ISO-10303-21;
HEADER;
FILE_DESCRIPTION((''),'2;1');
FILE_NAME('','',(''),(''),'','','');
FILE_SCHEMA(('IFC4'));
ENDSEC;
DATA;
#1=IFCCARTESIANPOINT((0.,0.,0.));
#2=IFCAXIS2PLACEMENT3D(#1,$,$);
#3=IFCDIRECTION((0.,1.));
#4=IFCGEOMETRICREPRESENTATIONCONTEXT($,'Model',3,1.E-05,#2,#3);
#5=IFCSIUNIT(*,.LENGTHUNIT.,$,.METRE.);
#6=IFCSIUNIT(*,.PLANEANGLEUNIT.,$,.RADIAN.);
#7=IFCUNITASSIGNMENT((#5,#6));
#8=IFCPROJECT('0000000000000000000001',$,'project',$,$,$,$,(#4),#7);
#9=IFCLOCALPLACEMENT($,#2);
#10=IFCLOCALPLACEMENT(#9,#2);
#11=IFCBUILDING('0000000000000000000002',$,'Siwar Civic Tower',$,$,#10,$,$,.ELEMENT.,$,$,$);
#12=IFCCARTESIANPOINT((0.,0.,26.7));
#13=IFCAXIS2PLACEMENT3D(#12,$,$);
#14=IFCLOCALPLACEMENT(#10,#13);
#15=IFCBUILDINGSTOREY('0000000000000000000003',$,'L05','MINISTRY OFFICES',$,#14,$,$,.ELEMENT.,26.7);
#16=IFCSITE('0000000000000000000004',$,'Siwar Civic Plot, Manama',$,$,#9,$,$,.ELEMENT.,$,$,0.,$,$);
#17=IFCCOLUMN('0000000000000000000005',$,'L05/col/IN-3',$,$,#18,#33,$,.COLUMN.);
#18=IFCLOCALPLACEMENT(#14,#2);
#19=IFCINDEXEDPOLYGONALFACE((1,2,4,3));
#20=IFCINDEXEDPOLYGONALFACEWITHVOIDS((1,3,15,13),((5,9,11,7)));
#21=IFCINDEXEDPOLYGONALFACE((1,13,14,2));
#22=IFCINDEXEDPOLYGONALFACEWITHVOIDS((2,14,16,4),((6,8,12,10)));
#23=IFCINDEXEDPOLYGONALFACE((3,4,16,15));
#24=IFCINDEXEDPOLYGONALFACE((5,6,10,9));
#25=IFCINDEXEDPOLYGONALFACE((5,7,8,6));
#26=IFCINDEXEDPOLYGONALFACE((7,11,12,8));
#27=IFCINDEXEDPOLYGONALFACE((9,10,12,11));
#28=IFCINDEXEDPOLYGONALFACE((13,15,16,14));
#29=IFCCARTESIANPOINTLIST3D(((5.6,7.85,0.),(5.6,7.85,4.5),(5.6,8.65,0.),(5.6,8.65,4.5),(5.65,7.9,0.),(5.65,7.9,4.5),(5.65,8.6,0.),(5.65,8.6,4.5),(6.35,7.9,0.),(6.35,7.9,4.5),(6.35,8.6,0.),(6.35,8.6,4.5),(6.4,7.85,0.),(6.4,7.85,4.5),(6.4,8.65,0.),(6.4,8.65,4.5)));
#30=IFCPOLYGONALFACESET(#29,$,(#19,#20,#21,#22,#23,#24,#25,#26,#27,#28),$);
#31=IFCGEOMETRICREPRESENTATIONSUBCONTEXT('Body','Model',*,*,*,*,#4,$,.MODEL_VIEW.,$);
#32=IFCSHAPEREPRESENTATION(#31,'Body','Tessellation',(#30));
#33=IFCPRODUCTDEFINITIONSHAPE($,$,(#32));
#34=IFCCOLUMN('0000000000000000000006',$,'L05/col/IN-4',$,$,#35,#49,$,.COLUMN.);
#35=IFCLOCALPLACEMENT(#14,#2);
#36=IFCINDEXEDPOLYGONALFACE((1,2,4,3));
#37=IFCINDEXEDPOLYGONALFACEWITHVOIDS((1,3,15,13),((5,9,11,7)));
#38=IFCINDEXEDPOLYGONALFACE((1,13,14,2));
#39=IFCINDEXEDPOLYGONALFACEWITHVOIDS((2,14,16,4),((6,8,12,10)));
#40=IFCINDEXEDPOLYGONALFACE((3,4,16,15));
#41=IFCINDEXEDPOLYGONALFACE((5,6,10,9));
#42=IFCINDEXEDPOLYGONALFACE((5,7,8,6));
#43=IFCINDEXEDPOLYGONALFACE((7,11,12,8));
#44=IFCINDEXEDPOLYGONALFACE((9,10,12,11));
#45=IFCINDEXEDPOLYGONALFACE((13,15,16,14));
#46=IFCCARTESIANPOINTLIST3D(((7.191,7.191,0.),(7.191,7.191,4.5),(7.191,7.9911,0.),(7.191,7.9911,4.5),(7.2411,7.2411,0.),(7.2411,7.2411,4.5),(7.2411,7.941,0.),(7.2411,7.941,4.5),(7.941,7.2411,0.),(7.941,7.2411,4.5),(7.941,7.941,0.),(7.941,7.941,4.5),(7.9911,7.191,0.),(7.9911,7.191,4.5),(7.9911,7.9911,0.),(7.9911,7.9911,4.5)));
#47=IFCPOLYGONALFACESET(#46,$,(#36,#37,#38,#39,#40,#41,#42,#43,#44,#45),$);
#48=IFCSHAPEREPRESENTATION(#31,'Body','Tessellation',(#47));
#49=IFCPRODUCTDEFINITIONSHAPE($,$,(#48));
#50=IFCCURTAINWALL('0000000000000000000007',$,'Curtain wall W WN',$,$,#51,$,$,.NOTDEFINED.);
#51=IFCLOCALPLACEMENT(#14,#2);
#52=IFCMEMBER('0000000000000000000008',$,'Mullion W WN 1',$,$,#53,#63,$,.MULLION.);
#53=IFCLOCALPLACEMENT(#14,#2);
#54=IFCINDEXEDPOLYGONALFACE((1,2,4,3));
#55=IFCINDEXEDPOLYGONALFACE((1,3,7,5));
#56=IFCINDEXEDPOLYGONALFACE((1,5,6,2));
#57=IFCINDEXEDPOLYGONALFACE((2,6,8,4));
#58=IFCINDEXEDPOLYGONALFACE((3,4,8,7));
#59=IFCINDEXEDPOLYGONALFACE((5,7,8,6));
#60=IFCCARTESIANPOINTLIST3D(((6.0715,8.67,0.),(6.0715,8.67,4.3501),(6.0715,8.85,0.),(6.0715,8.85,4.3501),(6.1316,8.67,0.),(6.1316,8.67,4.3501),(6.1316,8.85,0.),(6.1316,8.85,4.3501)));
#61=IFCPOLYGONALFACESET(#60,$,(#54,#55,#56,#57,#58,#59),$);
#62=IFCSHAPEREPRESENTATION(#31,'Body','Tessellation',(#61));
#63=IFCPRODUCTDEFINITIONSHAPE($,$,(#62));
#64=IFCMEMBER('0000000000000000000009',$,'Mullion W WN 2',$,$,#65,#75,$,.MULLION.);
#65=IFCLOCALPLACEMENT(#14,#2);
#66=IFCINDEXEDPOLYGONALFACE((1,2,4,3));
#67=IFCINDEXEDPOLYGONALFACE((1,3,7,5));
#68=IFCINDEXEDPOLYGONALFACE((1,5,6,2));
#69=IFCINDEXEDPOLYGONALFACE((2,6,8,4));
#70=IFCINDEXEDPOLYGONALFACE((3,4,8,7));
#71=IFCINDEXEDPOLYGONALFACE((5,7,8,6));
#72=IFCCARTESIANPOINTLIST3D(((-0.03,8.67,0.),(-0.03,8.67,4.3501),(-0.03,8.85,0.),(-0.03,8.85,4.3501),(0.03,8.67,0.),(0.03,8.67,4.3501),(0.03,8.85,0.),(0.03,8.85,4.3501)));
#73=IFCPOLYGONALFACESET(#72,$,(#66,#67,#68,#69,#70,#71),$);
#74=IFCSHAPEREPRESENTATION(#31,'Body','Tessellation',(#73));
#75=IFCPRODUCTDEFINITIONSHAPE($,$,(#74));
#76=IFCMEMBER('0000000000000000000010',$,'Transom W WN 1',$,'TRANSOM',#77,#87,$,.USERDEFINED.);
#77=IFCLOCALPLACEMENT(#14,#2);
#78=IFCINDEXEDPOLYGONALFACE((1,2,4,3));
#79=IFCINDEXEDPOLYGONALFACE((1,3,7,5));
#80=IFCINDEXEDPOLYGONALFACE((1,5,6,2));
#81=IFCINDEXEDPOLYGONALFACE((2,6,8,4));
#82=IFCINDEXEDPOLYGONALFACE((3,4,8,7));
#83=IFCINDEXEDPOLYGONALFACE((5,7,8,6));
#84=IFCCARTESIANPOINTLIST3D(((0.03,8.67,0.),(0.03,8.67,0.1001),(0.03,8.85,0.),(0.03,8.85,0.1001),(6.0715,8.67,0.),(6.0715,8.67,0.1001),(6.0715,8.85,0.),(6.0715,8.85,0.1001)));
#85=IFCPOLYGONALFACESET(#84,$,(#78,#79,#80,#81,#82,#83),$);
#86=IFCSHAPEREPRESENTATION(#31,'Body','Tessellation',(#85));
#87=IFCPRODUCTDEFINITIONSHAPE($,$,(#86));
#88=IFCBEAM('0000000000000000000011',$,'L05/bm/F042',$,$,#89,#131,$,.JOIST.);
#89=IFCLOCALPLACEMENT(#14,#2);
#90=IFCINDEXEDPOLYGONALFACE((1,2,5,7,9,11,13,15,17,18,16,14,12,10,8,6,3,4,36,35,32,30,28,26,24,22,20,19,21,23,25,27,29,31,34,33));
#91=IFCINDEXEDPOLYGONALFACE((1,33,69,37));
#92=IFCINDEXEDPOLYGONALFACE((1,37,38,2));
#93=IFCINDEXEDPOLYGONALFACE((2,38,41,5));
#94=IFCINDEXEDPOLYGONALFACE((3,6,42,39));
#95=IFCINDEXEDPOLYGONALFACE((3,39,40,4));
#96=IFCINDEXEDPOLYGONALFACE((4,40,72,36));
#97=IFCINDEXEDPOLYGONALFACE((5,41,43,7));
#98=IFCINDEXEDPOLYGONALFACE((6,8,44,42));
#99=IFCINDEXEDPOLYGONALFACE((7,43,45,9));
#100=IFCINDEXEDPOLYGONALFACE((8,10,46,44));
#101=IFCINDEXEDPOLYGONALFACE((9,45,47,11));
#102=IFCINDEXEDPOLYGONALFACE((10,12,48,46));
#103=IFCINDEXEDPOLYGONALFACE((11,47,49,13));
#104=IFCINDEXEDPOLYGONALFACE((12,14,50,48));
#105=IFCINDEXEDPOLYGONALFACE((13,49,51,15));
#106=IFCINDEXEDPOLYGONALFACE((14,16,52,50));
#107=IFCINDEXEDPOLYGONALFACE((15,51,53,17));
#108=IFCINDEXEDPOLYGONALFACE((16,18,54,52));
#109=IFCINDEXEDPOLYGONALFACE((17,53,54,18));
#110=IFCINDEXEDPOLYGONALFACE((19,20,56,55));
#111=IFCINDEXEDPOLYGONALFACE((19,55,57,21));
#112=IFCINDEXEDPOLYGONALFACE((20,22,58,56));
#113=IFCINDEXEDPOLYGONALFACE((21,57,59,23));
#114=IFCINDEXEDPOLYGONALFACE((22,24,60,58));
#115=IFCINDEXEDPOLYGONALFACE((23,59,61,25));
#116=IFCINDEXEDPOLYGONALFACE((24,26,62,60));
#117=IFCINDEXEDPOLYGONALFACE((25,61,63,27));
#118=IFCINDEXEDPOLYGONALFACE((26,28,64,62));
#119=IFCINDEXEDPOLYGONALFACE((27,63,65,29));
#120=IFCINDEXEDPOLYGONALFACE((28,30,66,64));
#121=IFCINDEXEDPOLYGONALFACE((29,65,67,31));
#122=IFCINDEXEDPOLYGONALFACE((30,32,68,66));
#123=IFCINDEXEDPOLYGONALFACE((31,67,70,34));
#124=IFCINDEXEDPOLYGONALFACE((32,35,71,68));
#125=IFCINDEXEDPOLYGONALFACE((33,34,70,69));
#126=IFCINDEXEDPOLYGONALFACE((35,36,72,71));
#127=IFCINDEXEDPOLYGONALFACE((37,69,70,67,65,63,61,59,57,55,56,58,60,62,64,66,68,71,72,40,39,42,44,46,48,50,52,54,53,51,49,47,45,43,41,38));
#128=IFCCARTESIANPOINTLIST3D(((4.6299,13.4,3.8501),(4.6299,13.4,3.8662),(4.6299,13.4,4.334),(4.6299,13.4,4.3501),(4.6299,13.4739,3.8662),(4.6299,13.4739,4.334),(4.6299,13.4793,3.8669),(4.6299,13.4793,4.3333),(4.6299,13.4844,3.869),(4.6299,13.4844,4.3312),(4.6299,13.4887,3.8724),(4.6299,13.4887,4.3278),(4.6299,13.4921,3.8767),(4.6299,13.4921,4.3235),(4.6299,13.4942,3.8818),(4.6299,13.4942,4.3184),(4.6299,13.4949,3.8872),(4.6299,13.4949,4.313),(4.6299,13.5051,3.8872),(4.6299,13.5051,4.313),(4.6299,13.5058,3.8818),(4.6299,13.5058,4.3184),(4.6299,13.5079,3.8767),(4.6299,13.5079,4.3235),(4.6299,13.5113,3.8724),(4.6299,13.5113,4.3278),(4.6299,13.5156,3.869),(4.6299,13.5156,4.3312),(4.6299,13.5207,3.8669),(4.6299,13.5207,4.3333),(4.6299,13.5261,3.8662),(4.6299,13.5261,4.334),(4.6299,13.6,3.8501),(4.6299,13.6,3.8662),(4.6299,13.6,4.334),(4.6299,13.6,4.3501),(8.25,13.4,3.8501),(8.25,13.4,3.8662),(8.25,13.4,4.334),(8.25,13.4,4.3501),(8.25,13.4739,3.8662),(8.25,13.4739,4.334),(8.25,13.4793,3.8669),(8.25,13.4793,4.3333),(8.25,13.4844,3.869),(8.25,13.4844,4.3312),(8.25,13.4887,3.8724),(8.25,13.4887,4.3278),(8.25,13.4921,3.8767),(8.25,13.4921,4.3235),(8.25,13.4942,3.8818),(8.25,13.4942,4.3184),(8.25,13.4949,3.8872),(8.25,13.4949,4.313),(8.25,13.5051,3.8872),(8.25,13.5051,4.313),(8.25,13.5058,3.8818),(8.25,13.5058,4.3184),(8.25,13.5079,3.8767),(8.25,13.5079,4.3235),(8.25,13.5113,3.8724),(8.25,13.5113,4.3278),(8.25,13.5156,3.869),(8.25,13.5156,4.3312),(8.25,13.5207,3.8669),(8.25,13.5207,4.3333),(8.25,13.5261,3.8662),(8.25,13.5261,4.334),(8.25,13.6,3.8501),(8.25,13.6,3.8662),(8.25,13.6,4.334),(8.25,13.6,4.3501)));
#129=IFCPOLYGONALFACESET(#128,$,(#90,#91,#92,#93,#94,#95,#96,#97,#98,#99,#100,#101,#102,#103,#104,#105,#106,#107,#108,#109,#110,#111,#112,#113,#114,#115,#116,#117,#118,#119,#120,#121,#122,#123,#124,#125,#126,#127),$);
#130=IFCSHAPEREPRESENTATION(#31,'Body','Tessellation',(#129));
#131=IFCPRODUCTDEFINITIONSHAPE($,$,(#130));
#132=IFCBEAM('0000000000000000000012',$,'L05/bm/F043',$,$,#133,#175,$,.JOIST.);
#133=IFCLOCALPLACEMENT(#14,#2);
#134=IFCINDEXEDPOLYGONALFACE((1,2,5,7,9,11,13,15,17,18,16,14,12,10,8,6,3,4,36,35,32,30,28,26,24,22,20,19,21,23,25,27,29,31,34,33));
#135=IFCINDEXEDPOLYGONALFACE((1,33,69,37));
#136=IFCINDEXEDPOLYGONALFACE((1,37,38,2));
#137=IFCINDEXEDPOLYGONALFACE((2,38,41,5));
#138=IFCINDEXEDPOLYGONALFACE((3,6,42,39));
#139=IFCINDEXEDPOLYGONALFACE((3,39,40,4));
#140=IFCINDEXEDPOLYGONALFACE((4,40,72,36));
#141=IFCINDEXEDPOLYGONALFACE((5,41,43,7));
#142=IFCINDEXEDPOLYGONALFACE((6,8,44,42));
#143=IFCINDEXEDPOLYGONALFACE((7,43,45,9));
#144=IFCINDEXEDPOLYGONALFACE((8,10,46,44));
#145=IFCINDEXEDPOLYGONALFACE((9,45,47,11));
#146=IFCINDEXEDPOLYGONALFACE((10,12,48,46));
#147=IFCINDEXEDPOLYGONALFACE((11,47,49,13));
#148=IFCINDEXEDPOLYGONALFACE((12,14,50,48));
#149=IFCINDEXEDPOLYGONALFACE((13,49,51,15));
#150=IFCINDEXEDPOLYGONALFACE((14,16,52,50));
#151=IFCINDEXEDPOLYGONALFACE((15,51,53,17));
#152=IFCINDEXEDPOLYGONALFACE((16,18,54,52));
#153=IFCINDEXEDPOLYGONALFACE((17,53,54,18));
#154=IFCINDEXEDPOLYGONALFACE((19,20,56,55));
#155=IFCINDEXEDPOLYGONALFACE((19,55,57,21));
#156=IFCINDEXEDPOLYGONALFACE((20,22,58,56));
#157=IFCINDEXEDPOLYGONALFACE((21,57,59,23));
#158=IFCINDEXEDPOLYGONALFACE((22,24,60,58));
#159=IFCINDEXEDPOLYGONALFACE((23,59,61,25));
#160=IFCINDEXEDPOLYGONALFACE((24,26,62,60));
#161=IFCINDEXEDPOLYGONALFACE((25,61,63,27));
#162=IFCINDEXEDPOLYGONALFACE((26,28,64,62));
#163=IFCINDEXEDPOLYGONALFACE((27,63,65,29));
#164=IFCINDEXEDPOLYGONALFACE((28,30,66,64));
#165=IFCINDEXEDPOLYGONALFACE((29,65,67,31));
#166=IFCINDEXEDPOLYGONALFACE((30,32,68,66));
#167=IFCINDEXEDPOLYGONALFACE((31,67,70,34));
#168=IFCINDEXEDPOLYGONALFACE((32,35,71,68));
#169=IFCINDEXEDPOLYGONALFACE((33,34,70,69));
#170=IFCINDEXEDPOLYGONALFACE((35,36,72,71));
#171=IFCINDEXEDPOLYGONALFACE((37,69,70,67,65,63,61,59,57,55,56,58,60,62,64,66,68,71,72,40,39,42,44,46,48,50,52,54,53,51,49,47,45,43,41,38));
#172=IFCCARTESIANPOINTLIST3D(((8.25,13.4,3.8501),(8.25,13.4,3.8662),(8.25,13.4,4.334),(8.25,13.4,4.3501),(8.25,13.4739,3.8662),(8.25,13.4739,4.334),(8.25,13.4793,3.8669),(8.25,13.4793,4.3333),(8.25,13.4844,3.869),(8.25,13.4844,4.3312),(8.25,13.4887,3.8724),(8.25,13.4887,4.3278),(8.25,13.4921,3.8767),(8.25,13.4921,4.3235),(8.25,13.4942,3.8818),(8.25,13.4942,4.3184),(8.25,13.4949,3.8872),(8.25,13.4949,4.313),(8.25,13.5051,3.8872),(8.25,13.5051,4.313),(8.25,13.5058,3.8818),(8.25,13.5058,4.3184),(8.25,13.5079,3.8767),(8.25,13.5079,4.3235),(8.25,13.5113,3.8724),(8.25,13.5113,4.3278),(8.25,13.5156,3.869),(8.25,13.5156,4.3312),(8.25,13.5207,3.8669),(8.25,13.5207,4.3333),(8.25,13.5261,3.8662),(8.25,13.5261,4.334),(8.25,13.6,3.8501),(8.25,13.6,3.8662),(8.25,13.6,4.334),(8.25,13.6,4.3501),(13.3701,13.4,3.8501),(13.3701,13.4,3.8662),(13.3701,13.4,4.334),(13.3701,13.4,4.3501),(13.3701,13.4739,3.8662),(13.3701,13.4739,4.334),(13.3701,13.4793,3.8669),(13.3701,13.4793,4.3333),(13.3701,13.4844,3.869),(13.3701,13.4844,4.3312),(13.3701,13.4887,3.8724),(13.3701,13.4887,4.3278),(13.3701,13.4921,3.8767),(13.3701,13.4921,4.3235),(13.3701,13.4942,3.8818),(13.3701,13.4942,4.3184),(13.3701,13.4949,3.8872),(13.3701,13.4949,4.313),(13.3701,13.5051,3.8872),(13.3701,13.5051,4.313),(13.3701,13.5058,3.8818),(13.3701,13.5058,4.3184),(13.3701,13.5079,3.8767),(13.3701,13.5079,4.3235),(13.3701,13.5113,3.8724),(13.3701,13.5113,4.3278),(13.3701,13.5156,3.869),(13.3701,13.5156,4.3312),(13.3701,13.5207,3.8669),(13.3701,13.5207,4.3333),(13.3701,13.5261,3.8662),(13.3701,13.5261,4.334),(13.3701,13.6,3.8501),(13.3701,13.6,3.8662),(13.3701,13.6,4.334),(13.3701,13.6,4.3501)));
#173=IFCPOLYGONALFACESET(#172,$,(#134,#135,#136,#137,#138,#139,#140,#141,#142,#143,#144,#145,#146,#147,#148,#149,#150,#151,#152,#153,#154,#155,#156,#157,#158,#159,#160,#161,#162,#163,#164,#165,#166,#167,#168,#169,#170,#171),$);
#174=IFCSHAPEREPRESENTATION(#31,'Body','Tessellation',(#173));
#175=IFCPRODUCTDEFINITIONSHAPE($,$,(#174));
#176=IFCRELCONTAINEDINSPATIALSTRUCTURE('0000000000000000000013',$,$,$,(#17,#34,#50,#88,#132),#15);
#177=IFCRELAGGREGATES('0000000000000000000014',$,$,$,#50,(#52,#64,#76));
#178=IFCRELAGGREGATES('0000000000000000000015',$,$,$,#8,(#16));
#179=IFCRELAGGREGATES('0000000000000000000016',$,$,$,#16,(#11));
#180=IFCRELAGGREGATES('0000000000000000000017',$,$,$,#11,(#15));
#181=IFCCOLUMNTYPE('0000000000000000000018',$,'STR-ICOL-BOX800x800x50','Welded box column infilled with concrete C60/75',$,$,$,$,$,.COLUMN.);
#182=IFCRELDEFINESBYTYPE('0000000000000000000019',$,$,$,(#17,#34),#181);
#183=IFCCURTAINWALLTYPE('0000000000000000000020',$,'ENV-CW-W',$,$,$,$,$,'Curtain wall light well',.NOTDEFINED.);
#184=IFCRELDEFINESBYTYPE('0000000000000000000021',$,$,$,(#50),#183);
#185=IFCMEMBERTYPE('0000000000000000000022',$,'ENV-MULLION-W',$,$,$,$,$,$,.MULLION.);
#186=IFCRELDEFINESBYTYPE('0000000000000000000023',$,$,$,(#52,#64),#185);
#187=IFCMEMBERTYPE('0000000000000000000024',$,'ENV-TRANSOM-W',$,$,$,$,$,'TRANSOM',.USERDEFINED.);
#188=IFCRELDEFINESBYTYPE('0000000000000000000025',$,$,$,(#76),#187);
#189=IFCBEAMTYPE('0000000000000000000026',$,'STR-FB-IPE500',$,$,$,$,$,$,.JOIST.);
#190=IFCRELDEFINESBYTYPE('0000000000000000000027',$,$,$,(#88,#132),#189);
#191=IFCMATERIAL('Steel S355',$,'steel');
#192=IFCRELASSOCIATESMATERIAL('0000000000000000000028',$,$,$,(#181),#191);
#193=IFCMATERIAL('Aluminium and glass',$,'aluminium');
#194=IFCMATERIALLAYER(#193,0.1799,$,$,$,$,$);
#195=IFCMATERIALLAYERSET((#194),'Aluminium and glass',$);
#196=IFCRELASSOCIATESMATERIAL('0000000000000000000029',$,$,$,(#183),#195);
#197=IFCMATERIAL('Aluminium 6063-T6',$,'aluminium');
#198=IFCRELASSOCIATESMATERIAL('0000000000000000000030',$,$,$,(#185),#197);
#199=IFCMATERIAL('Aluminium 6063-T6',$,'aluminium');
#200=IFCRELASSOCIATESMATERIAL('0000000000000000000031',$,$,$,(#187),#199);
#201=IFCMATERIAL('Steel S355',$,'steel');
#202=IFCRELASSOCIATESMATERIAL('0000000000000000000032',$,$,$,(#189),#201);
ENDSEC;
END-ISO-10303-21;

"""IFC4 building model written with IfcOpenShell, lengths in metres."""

from ifc_helpers import new_model, si_unit, direction, frame, origin, origin_2d, place, context, subcontext, project, spatial, rectangle, hollow_rectangle, i_section, extrude, material, layer, layer_set, material_profile, profile_set, type_object, element, aggregate, save


model = new_model("IFC4")

# Units and contexts
model_context = context("Model", 3, precision=1e-05, world=origin(), true_north=direction((0.0, 1.0)))
body_context = subcontext(model_context, "Body", "Model", "MODEL_VIEW")
ifc_project = project(units=[si_unit("LENGTHUNIT", "METRE"), si_unit("PLANEANGLEUNIT", "RADIAN")], contexts=[model_context])

# Site, building, storey
site_placement = place(None, origin())
site = spatial("IfcSite", under=ifc_project, at=site_placement, Name="Siwar Civic Plot, Manama", CompositionType="ELEMENT", RefElevation=0.0)
building_placement = place(site_placement, origin())
building = spatial("IfcBuilding", under=site, at=building_placement, Name="Siwar Civic Tower", CompositionType="ELEMENT")
storey_placement = place(building_placement, frame((0.0, 0.0, 26.7)))
storey = spatial("IfcBuildingStorey", under=building, at=storey_placement, Name="L05", Description="MINISTRY OFFICES", CompositionType="ELEMENT", Elevation=26.7)

# Columns
ifc_material_1 = material(Name="Steel S355", Category="steel")
ifc_material_profile_1 = material_profile(ifc_material_1, hollow_rectangle(XDim=0.8, YDim=0.8, WallThickness=0.05, at=origin_2d()), Name="BOX800x800x50")
ifc_profile_set_1 = profile_set([ifc_material_profile_1], Name="Steel S355")
column_type = type_object("IfcColumnType", Name="STR-ICOL-BOX800x800x50", Description="Welded box column infilled with concrete C60/75", PredefinedType="COLUMN", material=ifc_profile_set_1)
for number, where, z_axis, x_axis, name in (
    (1, (6.0, 8.25, 0.0), (0.0, 0.0, 1.0), (1.0, 0.0, 0.0), "L05/col/IN-3"),
    (2, (7.5911, 7.5911, 0.0), (0.0, 0.0, 1.0), (1.0, 0.0, 0.0), "L05/col/IN-4"),
):
    element("IfcColumn", number, at=place(storey_placement, frame(where, z_axis=z_axis, x_axis=x_axis)), inside=storey, type_object=column_type, Name=name, PredefinedType="COLUMN", context=body_context, shape_type="SweptSolid", body=[
        extrude(hollow_rectangle(XDim=0.8, YDim=0.8, WallThickness=0.05, at=origin_2d()), origin(), (0.0, 0.0, 1.0), 4.5),
    ])

# Curtain wall, members
ifc_material_2 = material(Name="Aluminium and glass", Category="aluminium")
ifc_layer_1 = layer(ifc_material_2, 0.1799)
ifc_layer_set_1 = layer_set([ifc_layer_1], Name="Aluminium and glass")
curtain_wall_type = type_object("IfcCurtainWallType", Name="ENV-CW-W", ElementType="Curtain wall light well", PredefinedType="NOTDEFINED", material=ifc_layer_set_1)
curtain_wall_placement = place(storey_placement, origin())
curtain_wall = element("IfcCurtainWall", 3, at=curtain_wall_placement, inside=storey, type_object=curtain_wall_type, Name="Curtain wall W WN", PredefinedType="NOTDEFINED")
ifc_material_3 = material(Name="Aluminium 6063-T6", Category="aluminium")
ifc_material_profile_2 = material_profile(ifc_material_3, rectangle(XDim=0.1799, YDim=0.0601, at=origin_2d()), Name="AL 180x60")
ifc_profile_set_2 = profile_set([ifc_material_profile_2], Name="Aluminium 6063-T6")
member_type_1 = type_object("IfcMemberType", Name="ENV-MULLION-W", PredefinedType="MULLION", material=ifc_profile_set_2)
member_1_placement = place(storey_placement, frame((6.1016, 8.76, 0.0), z_axis=(0.0, 0.0, 1.0), x_axis=(0.0, -1.0, 0.0)))
member_1 = element("IfcMember", 4, at=member_1_placement, type_object=member_type_1, Name="Mullion W WN 1", PredefinedType="MULLION", context=body_context, shape_type="SweptSolid", body=[
    extrude(rectangle(XDim=0.1799, YDim=0.0601, at=origin_2d()), origin(), (0.0, 0.0, 1.0), 4.3501),
])
member_2_placement = place(storey_placement, frame((0.0, 8.76, 0.0), z_axis=(0.0, 0.0, 1.0), x_axis=(0.0, -1.0, 0.0)))
member_2 = element("IfcMember", 5, at=member_2_placement, type_object=member_type_1, Name="Mullion W WN 2", PredefinedType="MULLION", context=body_context, shape_type="SweptSolid", body=[
    extrude(rectangle(XDim=0.1799, YDim=0.0601, at=origin_2d()), origin(), (0.0, 0.0, 1.0), 4.3501),
])
ifc_material_4 = material(Name="Aluminium 6063-T6", Category="aluminium")
ifc_material_profile_3 = material_profile(ifc_material_4, rectangle(XDim=0.1799, YDim=0.1001, at=origin_2d()), Name="AL 180x100")
ifc_profile_set_3 = profile_set([ifc_material_profile_3], Name="Aluminium 6063-T6")
member_type_2 = type_object("IfcMemberType", Name="ENV-TRANSOM-W", ElementType="TRANSOM", PredefinedType="USERDEFINED", material=ifc_profile_set_3)
member_3_placement = place(storey_placement, frame((6.0715, 8.76, 0.05), z_axis=(-1.0, 0.0, 0.0), x_axis=(0.0, -1.0, 0.0)))
member_3 = element("IfcMember", 6, at=member_3_placement, type_object=member_type_2, Name="Transom W WN 1", ObjectType="TRANSOM", PredefinedType="USERDEFINED", context=body_context, shape_type="SweptSolid", body=[
    extrude(rectangle(XDim=0.1799, YDim=0.1001, at=origin_2d()), origin(), (0.0, 0.0, 1.0), 6.0415),
])

# Beams
ifc_material_5 = material(Name="Steel S355", Category="steel")
ifc_material_profile_4 = material_profile(ifc_material_5, i_section(OverallWidth=0.2, OverallDepth=0.5, WebThickness=0.0103, FlangeThickness=0.0161, FilletRadius=0.021, at=origin_2d()), Name="IPE500")
ifc_profile_set_4 = profile_set([ifc_material_profile_4], Name="Steel S355")
beam_type_1 = type_object("IfcBeamType", Name="STR-FB-IPE500", PredefinedType="JOIST", material=ifc_profile_set_4)
beam_1_placement = place(storey_placement, frame((4.6299, 13.5, 4.1001), z_axis=(1.0, 0.0, 0.0), x_axis=(0.0, 1.0, 0.0)))
element("IfcBeam", 7, at=beam_1_placement, inside=storey, type_object=beam_type_1, Name="L05/bm/F042", PredefinedType="JOIST", context=body_context, shape_type="SweptSolid", body=[
    extrude(i_section(OverallWidth=0.2, OverallDepth=0.5, WebThickness=0.0103, FlangeThickness=0.0161, FilletRadius=0.021, at=origin_2d()), origin(), (0.0, 0.0, 1.0), 3.6201),
])
beam_2_placement = place(storey_placement, frame((8.25, 13.5, 4.1001), z_axis=(1.0, 0.0, 0.0), x_axis=(0.0, 1.0, 0.0)))
element("IfcBeam", 8, at=beam_2_placement, inside=storey, type_object=beam_type_1, Name="L05/bm/F043", PredefinedType="JOIST", context=body_context, shape_type="SweptSolid", body=[
    extrude(i_section(OverallWidth=0.2, OverallDepth=0.5, WebThickness=0.0103, FlangeThickness=0.0161, FilletRadius=0.021, at=origin_2d()), origin(), (0.0, 0.0, 1.0), 5.1201),
])

aggregate(curtain_wall, [member_1, member_2, member_3])

save(model, "model.ifc")
